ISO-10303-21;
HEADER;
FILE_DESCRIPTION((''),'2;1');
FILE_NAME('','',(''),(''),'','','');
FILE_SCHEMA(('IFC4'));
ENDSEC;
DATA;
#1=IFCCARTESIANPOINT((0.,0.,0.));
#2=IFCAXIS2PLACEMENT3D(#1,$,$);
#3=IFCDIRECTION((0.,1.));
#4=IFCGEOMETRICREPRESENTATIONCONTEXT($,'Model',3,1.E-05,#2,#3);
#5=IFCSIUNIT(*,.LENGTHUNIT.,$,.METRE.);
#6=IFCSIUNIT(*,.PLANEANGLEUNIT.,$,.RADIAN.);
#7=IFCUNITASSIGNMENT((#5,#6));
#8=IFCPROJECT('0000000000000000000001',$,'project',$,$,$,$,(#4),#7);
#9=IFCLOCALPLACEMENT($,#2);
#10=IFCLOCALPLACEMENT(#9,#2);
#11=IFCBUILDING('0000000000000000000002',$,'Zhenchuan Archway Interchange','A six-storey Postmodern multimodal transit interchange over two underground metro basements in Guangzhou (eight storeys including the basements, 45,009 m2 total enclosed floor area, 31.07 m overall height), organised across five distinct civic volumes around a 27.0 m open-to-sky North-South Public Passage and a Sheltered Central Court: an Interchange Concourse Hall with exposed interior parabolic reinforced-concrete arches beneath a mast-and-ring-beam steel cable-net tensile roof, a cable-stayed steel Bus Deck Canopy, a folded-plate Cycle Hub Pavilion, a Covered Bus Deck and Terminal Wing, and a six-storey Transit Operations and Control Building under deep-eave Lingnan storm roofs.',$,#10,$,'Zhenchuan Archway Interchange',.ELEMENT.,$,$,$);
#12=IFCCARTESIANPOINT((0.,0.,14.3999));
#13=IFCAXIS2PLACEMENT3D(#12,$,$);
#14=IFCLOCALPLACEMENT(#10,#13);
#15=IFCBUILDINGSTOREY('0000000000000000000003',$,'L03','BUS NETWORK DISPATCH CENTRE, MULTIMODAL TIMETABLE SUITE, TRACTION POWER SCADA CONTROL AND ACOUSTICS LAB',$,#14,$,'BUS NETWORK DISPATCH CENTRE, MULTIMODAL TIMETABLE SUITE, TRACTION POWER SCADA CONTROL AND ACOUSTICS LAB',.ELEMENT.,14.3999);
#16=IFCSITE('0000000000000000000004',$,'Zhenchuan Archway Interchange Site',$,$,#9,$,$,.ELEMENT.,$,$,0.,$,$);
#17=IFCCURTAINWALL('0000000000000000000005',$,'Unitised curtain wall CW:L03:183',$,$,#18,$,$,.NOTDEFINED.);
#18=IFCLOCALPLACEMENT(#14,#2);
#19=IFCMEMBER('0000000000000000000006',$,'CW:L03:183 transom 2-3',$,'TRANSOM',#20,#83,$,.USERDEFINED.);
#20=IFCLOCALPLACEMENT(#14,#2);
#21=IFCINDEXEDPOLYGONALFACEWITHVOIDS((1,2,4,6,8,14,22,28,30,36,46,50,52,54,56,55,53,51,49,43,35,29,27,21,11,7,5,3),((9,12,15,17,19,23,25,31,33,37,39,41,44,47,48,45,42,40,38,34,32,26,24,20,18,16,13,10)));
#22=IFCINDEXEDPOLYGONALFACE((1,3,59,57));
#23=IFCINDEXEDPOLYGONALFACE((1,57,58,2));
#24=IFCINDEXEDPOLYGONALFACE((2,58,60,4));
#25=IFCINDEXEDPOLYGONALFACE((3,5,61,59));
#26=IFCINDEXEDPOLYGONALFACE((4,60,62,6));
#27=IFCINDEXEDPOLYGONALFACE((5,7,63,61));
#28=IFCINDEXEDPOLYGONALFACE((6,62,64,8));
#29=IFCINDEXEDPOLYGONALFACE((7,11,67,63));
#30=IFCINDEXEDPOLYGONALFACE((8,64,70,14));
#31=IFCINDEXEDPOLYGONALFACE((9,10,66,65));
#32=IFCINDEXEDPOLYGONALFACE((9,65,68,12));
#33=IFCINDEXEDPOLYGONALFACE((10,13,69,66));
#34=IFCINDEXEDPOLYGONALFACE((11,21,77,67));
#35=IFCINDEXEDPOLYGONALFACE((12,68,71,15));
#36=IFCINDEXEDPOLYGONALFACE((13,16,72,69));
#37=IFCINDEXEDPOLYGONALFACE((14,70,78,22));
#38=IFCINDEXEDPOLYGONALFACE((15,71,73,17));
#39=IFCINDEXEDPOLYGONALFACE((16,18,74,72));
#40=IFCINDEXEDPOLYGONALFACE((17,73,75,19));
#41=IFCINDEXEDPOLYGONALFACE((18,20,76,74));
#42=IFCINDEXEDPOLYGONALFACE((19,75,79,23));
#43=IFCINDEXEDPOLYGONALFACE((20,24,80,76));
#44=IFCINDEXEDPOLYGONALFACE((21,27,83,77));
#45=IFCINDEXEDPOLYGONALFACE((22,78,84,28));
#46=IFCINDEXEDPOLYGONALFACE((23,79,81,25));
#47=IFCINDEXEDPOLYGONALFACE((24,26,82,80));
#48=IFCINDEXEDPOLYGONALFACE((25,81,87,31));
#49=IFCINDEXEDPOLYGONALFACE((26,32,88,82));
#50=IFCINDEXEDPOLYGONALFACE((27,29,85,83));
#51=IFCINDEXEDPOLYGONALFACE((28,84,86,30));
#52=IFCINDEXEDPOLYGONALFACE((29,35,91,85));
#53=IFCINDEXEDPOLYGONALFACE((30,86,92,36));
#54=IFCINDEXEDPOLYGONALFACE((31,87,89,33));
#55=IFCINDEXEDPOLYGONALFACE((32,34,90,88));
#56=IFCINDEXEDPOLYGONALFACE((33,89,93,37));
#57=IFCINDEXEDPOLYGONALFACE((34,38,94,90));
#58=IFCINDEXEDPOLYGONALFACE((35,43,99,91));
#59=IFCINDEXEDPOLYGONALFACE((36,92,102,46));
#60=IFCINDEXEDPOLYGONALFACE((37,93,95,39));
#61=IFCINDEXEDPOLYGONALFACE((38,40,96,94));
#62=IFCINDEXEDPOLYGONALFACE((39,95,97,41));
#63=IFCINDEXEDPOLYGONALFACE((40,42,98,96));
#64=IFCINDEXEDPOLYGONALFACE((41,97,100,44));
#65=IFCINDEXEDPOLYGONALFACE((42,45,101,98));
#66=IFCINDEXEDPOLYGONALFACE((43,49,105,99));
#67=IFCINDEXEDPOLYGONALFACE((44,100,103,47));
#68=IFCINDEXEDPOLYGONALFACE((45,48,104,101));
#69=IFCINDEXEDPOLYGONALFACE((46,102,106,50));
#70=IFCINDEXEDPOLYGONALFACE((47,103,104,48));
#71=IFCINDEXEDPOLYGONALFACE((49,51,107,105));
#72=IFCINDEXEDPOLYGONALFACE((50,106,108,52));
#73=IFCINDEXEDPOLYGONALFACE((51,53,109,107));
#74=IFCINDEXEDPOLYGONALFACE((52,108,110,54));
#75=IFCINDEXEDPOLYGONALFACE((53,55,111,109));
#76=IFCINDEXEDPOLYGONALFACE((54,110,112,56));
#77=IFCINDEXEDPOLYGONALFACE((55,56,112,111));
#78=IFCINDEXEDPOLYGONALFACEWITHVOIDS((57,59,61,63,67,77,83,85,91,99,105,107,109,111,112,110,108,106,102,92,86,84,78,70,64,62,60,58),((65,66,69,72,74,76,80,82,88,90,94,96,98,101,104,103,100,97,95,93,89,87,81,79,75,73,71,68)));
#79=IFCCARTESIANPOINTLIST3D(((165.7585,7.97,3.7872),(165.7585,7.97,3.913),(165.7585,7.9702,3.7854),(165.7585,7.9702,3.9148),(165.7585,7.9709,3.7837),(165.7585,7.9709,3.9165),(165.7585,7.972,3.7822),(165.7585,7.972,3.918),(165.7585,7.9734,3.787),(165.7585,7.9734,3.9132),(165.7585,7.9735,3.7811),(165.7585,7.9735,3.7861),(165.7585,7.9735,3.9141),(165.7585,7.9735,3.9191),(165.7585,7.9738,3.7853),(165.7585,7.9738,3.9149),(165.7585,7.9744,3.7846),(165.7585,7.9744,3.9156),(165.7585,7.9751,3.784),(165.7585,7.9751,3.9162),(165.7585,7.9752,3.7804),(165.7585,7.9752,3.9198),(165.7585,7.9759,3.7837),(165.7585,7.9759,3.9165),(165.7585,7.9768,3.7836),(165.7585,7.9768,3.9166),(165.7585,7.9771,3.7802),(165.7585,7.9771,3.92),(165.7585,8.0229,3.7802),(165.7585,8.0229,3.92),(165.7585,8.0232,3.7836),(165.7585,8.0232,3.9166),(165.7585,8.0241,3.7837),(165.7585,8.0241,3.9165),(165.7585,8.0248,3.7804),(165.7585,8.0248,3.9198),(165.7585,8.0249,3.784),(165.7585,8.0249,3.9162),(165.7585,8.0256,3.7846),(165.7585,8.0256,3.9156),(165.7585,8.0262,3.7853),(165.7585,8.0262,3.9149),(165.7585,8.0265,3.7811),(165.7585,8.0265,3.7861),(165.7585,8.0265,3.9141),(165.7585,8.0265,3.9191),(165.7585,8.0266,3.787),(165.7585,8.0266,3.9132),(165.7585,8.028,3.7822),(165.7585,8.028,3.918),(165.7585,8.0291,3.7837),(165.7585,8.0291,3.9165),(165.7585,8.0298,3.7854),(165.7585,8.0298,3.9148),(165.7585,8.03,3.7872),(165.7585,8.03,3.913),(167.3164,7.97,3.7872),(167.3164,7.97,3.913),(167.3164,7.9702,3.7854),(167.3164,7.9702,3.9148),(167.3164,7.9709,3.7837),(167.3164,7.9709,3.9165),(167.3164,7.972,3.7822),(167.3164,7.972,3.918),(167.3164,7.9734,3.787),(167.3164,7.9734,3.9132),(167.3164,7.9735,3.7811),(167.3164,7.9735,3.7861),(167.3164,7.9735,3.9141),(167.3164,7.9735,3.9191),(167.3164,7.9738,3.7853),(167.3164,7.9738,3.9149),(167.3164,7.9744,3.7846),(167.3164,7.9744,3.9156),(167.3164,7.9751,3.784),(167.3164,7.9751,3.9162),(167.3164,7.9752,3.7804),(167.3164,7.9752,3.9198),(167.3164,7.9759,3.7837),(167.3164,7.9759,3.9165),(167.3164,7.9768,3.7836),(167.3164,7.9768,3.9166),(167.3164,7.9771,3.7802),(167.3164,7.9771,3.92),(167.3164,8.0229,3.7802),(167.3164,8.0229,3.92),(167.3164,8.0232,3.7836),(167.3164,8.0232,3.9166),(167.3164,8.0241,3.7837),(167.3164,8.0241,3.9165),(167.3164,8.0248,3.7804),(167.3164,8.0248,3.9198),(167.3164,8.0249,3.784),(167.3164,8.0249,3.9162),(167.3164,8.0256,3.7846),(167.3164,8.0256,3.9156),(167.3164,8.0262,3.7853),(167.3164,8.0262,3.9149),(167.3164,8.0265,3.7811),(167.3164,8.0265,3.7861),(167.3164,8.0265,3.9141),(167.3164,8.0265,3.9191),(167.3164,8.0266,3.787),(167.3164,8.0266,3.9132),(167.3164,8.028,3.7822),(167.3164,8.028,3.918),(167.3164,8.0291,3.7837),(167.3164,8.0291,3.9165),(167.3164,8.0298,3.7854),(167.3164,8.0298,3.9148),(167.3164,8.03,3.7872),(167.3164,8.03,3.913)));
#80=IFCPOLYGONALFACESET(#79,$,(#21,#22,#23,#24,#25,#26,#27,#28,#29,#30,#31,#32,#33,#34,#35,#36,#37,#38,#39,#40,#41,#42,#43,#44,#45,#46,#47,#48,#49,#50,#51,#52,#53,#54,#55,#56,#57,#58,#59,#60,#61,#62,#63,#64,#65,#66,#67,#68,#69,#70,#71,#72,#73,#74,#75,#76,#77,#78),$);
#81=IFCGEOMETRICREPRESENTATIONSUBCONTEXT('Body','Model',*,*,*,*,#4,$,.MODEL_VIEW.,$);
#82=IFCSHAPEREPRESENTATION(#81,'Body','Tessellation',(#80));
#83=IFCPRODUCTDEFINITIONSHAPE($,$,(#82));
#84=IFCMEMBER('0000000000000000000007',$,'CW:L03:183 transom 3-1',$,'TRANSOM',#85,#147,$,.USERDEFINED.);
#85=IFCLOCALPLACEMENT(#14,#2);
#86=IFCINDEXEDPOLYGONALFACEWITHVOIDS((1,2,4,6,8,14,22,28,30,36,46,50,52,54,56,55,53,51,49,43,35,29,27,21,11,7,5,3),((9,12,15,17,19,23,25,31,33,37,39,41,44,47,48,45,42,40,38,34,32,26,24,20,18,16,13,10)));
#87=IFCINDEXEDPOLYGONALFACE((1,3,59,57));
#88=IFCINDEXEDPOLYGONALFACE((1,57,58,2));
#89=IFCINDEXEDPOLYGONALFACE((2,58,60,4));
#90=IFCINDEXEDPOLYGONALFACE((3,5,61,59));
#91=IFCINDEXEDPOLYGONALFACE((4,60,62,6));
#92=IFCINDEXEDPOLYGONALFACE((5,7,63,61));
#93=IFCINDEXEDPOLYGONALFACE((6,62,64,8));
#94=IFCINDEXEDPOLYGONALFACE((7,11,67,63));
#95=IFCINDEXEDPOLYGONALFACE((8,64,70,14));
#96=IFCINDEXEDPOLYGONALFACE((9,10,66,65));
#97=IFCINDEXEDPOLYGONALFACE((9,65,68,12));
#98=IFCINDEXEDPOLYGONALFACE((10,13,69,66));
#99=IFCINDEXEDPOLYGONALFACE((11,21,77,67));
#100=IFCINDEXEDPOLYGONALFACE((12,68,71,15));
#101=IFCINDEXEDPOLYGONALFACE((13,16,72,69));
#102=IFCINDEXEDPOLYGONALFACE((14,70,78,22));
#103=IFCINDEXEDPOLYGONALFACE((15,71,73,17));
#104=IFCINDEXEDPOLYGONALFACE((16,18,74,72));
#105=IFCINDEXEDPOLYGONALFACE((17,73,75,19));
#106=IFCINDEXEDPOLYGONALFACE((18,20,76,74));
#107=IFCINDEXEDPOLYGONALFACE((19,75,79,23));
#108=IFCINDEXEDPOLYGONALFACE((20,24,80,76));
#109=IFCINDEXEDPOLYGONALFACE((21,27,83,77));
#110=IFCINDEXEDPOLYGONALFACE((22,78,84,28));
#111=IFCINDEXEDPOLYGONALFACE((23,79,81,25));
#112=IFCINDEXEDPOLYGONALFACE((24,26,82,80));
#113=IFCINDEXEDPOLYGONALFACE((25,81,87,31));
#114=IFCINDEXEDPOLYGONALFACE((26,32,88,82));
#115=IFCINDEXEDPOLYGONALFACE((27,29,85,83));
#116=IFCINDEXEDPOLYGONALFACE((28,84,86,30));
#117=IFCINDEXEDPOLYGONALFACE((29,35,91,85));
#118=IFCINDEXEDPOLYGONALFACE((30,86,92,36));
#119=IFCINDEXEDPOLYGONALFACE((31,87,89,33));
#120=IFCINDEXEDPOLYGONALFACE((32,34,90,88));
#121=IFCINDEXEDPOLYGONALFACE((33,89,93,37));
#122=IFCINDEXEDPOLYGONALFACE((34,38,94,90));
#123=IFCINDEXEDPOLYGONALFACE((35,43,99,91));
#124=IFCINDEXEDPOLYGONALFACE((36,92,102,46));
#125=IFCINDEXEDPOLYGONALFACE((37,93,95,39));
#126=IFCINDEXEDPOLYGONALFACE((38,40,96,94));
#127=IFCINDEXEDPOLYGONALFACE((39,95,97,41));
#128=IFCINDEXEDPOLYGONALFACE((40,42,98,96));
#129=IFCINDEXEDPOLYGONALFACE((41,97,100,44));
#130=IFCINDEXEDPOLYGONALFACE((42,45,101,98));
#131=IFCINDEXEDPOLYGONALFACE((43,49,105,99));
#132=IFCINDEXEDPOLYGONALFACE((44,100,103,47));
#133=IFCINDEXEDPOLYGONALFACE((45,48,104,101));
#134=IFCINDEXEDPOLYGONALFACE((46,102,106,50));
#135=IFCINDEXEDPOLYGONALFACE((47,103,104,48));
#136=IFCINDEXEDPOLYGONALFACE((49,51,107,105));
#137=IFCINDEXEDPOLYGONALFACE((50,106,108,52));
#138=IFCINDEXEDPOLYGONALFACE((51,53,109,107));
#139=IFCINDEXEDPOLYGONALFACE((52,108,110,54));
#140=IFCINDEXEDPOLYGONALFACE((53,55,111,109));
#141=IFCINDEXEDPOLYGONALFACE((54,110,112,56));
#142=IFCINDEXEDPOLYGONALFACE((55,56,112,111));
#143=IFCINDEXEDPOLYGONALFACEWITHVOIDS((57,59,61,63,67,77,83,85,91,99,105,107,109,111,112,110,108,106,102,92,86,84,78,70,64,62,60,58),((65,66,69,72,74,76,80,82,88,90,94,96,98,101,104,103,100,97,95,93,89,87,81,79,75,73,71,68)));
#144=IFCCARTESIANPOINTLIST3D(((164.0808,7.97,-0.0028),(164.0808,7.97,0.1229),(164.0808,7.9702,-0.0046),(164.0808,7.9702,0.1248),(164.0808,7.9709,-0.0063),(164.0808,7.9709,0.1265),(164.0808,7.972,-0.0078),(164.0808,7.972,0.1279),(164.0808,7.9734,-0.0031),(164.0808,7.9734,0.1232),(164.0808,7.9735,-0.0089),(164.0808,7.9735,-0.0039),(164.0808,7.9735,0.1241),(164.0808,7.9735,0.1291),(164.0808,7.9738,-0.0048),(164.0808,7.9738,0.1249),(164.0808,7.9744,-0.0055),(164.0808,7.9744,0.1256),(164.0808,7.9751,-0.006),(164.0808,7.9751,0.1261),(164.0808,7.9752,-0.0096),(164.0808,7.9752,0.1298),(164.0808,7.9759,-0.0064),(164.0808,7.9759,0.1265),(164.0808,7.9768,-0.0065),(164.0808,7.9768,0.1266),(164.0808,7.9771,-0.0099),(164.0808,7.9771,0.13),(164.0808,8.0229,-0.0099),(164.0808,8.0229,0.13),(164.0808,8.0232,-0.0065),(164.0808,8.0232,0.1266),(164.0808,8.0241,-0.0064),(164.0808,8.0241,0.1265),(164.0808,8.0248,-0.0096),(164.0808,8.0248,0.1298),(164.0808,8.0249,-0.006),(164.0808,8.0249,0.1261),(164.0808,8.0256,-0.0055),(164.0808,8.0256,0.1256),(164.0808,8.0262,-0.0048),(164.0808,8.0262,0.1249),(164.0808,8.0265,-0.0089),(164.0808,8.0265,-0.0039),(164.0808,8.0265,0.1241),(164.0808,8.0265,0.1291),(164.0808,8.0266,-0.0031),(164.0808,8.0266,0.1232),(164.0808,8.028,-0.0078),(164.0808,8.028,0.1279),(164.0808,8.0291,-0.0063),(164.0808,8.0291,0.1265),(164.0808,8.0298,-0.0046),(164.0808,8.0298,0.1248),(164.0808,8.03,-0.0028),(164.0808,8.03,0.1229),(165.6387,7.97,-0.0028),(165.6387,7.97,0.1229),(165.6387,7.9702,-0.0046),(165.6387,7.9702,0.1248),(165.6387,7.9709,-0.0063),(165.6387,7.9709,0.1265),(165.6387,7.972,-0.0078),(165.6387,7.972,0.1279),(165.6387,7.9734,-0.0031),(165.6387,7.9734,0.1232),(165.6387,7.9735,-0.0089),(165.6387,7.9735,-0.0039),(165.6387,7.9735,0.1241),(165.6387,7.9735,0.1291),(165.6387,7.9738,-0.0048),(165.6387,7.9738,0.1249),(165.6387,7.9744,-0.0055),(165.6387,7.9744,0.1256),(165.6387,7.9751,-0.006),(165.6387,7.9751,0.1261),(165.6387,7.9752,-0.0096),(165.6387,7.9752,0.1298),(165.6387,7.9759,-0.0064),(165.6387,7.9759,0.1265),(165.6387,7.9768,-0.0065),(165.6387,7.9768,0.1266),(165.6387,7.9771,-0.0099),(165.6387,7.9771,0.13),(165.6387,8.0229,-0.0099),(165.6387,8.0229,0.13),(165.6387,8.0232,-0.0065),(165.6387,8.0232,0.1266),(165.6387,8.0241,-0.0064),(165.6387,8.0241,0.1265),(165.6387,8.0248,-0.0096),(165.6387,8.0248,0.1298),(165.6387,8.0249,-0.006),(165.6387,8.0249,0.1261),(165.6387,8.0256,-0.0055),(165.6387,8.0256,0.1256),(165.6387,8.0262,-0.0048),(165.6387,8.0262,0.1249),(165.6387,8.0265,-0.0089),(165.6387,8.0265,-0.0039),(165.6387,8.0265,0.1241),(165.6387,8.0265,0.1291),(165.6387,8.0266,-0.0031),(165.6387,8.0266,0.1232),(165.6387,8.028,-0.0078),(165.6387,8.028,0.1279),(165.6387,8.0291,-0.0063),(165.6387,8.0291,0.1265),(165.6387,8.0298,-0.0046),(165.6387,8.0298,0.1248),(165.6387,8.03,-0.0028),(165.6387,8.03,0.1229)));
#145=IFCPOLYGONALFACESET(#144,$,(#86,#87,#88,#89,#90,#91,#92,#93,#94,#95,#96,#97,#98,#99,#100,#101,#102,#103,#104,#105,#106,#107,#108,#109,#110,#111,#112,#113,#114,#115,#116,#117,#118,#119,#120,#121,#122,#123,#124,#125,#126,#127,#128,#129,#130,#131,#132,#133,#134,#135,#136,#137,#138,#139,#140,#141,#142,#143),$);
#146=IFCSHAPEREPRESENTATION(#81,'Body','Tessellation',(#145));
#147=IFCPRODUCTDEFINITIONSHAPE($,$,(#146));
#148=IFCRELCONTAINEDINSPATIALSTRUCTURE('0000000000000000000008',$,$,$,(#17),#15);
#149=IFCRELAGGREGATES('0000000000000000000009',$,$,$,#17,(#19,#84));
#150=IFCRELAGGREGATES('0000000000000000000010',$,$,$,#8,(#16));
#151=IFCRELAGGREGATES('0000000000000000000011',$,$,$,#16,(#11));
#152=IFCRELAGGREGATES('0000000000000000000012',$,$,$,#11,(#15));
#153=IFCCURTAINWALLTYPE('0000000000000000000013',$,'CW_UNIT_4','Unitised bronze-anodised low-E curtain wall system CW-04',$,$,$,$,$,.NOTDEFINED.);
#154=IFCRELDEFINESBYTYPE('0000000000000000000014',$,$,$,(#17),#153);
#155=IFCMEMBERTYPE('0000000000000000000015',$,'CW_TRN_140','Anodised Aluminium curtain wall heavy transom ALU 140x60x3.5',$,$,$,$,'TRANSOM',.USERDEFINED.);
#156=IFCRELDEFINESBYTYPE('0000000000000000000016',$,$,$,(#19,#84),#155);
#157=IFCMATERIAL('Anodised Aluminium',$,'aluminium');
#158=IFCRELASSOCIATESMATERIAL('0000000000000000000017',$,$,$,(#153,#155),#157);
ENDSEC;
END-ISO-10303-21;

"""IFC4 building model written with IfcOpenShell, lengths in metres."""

from ifc_helpers import new_model, si_unit, direction, frame, origin, origin_2d, place, context, subcontext, project, spatial, hollow_rectangle, extrude, material, material_profile, profile_set, type_object, element, aggregate, save


model = new_model("IFC4")

# Units and contexts
model_context = context("Model", 3, precision=1e-05, world=origin(), true_north=direction((0.0, 1.0)))
body_context = subcontext(model_context, "Body", "Model", "MODEL_VIEW")
ifc_project = project(units=[si_unit("LENGTHUNIT", "METRE"), si_unit("PLANEANGLEUNIT", "RADIAN")], contexts=[model_context])

# Site, building, storey
site_placement = place(None, origin())
site = spatial("IfcSite", under=ifc_project, at=site_placement, Name="Zhenchuan Archway Interchange Site", CompositionType="ELEMENT", RefElevation=0.0)
building_placement = place(site_placement, origin())
building = spatial("IfcBuilding", under=site, at=building_placement, Name="Zhenchuan Archway Interchange", Description="A six-storey Postmodern multimodal transit interchange over two underground metro basements in Guangzhou (eight storeys including the basements, 45,009 m2 total enclosed floor area, 31.07 m overall height), organised across five distinct civic volumes around a 27.0 m open-to-sky North-South Public Passage and a Sheltered Central Court: an Interchange Concourse Hall with exposed interior parabolic reinforced-concrete arches beneath a mast-and-ring-beam steel cable-net tensile roof, a cable-stayed steel Bus Deck Canopy, a folded-plate Cycle Hub Pavilion, a Covered Bus Deck and Terminal Wing, and a six-storey Transit Operations and Control Building under deep-eave Lingnan storm roofs.", LongName="Zhenchuan Archway Interchange", CompositionType="ELEMENT")
storey_placement = place(building_placement, frame((0.0, 0.0, 14.3999)))
storey = spatial("IfcBuildingStorey", under=building, at=storey_placement, Name="L03", Description="BUS NETWORK DISPATCH CENTRE, MULTIMODAL TIMETABLE SUITE, TRACTION POWER SCADA CONTROL AND ACOUSTICS LAB", LongName="BUS NETWORK DISPATCH CENTRE, MULTIMODAL TIMETABLE SUITE, TRACTION POWER SCADA CONTROL AND ACOUSTICS LAB", CompositionType="ELEMENT", Elevation=14.3999)

# Curtain wall, members
ifc_material_1 = material(Name="Anodised Aluminium", Category="aluminium")
curtain_wall_type = type_object("IfcCurtainWallType", Name="CW_UNIT_4", Description="Unitised bronze-anodised low-E curtain wall system CW-04", PredefinedType="NOTDEFINED", material=ifc_material_1)
curtain_wall_placement = place(storey_placement, origin())
curtain_wall = element("IfcCurtainWall", 1, at=curtain_wall_placement, inside=storey, type_object=curtain_wall_type, Name="Unitised curtain wall CW:L03:183", PredefinedType="NOTDEFINED")
ifc_material_profile_1 = material_profile(ifc_material_1, hollow_rectangle(XDim=0.0601, YDim=0.1399, WallThickness=0.0034, InnerFilletRadius=0.0034, OuterFilletRadius=0.0071, at=origin_2d()), Name="ALU 140x60x3.5")
ifc_profile_set_1 = profile_set([ifc_material_profile_1], Name="Anodised Aluminium")
member_type_1 = type_object("IfcMemberType", Name="CW_TRN_140", Description="Anodised Aluminium curtain wall heavy transom ALU 140x60x3.5", ElementType="TRANSOM", PredefinedType="USERDEFINED", material=ifc_profile_set_1)
member_1_placement = place(storey_placement, frame((167.3164, 8.0, 3.8501), z_axis=(-1.0, 0.0, 0.0), x_axis=(0.0, -1.0, 0.0)))
member_1 = element("IfcMember", 2, at=member_1_placement, type_object=member_type_1, Name="CW:L03:183 transom 2-3", ObjectType="TRANSOM", PredefinedType="USERDEFINED", context=body_context, shape_type="SweptSolid", body=[
    extrude(hollow_rectangle(XDim=0.0601, YDim=0.1399, WallThickness=0.0034, InnerFilletRadius=0.0034, OuterFilletRadius=0.0071, at=origin_2d()), origin(), (0.0, 0.0, 1.0), 1.5579),
])
member_2_placement = place(storey_placement, frame((165.6387, 8.0, 0.0601), z_axis=(-1.0, 0.0, 0.0), x_axis=(0.0, -1.0, 0.0)))
member_2 = element("IfcMember", 3, at=member_2_placement, type_object=member_type_1, Name="CW:L03:183 transom 3-1", ObjectType="TRANSOM", PredefinedType="USERDEFINED", context=body_context, shape_type="SweptSolid", body=[
    extrude(hollow_rectangle(XDim=0.0601, YDim=0.1399, WallThickness=0.0034, InnerFilletRadius=0.0034, OuterFilletRadius=0.0071, at=origin_2d()), origin(), (0.0, 0.0, 1.0), 1.5579),
])

aggregate(curtain_wall, [member_1, member_2])

save(model, "model.ifc")
